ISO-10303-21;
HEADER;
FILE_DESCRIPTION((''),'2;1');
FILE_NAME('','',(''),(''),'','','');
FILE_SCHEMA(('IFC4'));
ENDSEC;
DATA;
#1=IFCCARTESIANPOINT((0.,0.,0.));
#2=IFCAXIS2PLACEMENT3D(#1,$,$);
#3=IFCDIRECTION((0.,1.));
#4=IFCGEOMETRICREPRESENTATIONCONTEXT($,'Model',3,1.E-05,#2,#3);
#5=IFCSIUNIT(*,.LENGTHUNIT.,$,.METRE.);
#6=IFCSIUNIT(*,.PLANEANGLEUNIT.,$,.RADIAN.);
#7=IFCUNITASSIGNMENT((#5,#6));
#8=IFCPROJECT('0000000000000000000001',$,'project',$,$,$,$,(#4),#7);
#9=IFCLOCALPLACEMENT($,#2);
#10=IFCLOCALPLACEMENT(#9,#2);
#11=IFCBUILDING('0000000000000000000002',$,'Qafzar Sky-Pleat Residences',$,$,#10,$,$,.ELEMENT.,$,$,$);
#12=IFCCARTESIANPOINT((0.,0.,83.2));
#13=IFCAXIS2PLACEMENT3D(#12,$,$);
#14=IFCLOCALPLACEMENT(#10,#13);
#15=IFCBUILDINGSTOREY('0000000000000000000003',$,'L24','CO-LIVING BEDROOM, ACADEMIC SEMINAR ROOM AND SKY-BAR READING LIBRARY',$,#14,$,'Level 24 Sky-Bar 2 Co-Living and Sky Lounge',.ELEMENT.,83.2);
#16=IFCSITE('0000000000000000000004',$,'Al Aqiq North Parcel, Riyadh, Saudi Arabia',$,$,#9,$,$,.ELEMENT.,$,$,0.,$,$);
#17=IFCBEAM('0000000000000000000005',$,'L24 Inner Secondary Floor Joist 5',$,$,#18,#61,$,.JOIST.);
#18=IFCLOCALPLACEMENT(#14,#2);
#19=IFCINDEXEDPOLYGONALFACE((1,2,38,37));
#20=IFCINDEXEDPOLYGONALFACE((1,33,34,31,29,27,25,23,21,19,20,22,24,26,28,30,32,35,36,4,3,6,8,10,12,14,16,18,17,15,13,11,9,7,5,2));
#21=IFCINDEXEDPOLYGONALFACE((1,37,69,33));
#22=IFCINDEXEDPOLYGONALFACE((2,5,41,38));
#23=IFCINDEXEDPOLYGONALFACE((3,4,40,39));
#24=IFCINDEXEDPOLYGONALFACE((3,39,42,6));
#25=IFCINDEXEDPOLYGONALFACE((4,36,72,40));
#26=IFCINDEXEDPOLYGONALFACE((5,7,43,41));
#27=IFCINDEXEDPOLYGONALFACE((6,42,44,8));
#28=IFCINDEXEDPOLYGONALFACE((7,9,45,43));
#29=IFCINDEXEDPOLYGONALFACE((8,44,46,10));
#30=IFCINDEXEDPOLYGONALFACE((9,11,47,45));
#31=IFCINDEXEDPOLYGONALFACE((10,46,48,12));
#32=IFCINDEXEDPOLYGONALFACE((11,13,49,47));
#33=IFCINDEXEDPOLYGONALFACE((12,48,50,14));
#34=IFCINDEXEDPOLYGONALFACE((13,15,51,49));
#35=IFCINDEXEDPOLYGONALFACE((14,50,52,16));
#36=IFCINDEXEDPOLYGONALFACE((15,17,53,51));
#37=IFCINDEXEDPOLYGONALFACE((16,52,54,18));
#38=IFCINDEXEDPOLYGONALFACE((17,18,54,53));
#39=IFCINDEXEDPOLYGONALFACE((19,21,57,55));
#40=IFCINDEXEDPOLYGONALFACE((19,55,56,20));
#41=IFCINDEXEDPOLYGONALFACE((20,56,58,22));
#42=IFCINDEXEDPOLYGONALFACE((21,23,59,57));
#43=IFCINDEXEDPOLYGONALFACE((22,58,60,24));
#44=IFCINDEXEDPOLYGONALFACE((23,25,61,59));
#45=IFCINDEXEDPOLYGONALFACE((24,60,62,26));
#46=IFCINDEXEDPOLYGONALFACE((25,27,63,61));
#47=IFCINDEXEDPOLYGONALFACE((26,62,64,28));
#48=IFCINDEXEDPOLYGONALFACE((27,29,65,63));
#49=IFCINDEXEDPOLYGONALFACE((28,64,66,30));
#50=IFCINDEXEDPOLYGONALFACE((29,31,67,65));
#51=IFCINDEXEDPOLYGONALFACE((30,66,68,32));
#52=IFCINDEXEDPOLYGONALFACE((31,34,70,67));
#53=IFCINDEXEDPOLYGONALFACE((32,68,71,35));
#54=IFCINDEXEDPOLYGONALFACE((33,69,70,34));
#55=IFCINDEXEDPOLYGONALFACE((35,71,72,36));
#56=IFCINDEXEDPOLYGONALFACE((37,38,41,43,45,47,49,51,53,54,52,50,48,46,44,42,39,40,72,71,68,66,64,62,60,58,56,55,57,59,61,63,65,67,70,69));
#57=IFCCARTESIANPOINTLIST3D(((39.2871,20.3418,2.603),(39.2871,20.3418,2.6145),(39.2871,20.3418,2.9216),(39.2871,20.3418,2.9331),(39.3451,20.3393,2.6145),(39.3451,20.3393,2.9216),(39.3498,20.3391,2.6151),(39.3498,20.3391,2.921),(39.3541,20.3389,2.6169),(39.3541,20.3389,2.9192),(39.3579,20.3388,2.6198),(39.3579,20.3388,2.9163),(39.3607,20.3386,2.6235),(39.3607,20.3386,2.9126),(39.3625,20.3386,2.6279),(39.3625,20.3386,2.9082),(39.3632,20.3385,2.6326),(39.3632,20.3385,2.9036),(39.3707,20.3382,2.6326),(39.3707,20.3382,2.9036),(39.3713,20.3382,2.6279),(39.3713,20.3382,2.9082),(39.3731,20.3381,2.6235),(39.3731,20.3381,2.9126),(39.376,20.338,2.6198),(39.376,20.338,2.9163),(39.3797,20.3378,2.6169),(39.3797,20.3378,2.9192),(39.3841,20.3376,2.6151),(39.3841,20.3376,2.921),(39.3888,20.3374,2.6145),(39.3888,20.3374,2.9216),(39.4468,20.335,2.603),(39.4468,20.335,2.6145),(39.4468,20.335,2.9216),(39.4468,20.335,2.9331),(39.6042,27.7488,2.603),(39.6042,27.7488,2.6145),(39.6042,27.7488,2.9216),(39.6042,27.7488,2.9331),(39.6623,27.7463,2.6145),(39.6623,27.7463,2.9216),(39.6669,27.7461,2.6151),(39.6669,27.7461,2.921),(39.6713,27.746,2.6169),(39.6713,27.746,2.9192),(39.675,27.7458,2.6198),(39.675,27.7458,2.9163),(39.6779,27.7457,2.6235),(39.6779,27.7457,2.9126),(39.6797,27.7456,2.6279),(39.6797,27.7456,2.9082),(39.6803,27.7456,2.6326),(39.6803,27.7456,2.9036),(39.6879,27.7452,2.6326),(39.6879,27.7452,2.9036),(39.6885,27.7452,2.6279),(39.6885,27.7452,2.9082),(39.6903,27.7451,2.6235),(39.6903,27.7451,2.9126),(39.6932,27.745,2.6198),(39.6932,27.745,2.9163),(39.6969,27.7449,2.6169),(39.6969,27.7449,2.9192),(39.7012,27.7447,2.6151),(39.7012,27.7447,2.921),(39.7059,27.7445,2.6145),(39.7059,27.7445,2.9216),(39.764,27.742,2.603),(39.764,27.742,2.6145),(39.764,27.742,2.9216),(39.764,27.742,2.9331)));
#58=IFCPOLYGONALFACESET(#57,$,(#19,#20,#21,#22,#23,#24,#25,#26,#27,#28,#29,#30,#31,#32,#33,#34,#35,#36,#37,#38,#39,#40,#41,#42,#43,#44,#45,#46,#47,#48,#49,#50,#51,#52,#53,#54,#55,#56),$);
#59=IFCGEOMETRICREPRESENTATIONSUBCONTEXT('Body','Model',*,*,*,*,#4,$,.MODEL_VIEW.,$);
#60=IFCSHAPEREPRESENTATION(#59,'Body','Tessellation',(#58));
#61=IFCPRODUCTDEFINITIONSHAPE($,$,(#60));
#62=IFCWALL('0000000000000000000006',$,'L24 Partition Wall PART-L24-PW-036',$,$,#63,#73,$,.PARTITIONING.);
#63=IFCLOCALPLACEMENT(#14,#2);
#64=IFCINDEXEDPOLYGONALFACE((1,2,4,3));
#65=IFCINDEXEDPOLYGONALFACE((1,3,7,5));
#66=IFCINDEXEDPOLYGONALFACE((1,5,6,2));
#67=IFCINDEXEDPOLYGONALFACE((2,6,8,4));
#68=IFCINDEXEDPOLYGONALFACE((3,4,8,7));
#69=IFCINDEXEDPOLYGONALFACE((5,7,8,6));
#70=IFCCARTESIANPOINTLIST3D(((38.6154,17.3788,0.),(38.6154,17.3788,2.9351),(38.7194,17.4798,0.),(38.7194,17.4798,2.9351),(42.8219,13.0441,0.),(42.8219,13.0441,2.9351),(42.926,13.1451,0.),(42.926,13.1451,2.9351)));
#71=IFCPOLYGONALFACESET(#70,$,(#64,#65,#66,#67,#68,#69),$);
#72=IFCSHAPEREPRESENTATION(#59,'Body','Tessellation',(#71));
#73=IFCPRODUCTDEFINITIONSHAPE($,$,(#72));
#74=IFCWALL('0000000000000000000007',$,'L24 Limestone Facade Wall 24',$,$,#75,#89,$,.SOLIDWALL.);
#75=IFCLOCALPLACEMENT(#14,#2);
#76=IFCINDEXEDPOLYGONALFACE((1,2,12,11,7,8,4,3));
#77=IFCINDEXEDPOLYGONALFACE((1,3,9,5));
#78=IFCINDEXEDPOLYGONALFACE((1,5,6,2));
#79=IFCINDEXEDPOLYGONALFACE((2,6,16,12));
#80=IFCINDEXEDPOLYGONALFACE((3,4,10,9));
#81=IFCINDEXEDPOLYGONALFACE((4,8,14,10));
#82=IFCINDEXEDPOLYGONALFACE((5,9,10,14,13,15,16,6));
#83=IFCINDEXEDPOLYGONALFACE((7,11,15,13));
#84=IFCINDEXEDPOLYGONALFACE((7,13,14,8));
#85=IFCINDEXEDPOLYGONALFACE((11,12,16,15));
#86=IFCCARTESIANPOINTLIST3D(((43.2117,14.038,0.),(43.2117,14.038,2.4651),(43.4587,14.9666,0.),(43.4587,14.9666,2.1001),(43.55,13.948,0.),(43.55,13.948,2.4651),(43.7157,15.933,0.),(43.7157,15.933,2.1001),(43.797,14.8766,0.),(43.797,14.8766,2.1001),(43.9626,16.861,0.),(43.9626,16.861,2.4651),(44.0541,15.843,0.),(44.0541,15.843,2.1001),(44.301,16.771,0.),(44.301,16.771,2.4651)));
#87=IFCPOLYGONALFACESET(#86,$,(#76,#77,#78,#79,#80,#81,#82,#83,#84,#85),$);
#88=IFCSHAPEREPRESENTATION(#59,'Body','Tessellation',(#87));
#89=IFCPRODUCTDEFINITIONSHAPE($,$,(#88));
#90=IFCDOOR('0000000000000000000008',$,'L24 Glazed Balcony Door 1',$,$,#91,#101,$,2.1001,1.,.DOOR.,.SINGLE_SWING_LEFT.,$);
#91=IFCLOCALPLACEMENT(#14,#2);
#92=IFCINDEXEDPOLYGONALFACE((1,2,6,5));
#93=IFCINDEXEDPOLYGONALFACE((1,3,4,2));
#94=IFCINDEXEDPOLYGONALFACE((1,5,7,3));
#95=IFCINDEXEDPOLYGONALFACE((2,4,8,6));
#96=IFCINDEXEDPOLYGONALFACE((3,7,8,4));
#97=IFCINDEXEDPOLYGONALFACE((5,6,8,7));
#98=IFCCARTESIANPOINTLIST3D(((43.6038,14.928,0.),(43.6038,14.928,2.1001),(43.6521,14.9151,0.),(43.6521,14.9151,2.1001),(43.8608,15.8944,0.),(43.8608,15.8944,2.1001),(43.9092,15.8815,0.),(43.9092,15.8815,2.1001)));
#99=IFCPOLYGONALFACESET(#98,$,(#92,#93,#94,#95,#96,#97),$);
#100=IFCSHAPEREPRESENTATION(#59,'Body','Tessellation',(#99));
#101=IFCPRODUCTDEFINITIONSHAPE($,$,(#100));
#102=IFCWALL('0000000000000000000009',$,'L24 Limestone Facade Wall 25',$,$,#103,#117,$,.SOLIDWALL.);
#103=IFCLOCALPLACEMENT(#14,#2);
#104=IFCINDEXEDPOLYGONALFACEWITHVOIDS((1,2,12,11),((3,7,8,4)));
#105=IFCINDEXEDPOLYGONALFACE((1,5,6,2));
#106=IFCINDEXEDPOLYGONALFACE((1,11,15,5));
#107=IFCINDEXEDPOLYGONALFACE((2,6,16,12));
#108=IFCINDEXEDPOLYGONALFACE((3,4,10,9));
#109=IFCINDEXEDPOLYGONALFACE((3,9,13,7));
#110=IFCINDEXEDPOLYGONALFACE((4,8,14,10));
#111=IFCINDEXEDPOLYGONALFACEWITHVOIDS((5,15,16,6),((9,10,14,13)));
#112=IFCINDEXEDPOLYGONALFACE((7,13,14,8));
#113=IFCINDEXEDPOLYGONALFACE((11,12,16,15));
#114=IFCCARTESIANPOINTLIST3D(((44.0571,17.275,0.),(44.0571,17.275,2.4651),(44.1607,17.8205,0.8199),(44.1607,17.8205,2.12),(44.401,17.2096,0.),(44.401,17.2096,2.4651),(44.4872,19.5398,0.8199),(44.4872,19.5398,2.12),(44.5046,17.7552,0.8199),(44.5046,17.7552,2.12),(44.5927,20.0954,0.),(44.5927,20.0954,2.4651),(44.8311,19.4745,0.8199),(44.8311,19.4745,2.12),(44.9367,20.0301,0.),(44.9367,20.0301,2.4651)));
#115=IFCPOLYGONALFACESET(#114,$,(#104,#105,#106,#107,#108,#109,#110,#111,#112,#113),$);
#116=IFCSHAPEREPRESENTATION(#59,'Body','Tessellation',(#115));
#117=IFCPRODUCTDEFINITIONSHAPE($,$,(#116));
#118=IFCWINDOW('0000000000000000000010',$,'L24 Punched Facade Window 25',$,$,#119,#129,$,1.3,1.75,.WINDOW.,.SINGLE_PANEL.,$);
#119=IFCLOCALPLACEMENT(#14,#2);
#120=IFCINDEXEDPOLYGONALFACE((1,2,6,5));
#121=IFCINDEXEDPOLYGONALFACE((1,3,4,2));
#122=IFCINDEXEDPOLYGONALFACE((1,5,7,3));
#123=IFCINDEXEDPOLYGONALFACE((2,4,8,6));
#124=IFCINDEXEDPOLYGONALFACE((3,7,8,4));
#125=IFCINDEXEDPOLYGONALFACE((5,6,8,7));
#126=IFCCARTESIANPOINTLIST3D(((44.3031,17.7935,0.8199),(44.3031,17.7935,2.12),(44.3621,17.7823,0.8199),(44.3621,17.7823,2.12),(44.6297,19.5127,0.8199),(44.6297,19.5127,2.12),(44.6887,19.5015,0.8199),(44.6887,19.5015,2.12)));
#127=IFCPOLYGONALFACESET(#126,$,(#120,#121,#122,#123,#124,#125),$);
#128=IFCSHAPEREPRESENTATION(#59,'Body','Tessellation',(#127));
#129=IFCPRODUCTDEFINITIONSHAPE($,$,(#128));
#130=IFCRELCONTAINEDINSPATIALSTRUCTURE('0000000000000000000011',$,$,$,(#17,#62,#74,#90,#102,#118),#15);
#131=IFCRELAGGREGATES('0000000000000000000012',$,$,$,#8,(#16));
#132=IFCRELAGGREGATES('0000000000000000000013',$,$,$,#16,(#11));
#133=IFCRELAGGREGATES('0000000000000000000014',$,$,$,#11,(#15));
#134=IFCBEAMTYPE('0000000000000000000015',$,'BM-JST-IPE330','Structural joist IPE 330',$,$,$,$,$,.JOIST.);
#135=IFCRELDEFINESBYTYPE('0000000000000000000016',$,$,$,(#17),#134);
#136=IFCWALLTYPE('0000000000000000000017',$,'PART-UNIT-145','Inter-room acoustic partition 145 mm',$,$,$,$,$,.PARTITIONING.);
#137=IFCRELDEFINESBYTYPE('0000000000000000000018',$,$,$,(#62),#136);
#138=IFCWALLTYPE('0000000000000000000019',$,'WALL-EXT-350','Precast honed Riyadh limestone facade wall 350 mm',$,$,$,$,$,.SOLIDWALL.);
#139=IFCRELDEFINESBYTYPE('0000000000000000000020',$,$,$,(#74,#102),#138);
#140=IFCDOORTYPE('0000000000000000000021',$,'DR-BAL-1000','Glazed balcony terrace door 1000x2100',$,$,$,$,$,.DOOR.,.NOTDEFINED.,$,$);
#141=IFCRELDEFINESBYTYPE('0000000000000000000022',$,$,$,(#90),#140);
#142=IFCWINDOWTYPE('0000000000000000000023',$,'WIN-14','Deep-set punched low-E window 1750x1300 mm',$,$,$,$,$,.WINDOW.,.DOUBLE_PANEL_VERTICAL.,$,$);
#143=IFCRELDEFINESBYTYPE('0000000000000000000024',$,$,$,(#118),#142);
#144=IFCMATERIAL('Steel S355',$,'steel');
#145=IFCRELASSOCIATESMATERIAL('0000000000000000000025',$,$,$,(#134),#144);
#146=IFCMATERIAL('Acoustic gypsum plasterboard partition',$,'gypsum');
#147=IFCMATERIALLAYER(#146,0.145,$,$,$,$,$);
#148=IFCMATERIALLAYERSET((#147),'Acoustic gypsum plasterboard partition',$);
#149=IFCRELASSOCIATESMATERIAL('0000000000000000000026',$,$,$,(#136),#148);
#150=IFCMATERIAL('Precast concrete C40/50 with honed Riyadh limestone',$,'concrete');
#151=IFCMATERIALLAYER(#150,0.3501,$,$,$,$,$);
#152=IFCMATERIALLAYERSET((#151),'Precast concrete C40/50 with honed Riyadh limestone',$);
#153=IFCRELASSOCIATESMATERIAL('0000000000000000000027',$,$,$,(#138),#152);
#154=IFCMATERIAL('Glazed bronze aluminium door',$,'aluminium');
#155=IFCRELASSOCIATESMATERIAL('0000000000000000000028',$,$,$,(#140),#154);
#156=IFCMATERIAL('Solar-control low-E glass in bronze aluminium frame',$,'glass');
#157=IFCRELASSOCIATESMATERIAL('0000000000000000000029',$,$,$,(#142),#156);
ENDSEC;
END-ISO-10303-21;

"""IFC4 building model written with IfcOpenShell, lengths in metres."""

from ifc_helpers import new_model, si_unit, direction, frame, frame_2d, origin, origin_2d, place, context, subcontext, project, spatial, rectangle, i_section, extrude, source, transform, mapped, material, layer, layer_set, material_profile, profile_set, type_object, element, fill, save


model = new_model("IFC4")

# Units and contexts
model_context = context("Model", 3, precision=1e-05, world=origin(), true_north=direction((0.0, 1.0)))
body_context = subcontext(model_context, "Body", "Model", "MODEL_VIEW")
ifc_project = project(units=[si_unit("LENGTHUNIT", "METRE"), si_unit("PLANEANGLEUNIT", "RADIAN")], contexts=[model_context])

# Site, building, storey
site_placement = place(None, origin())
site = spatial("IfcSite", under=ifc_project, at=site_placement, Name="Al Aqiq North Parcel, Riyadh, Saudi Arabia", CompositionType="ELEMENT", RefElevation=0.0)
building_placement = place(site_placement, origin())
building = spatial("IfcBuilding", under=site, at=building_placement, Name="Qafzar Sky-Pleat Residences", CompositionType="ELEMENT")
storey_placement = place(building_placement, frame((0.0, 0.0, 83.2)))
storey = spatial("IfcBuildingStorey", under=building, at=storey_placement, Name="L24", Description="CO-LIVING BEDROOM, ACADEMIC SEMINAR ROOM AND SKY-BAR READING LIBRARY", LongName="Level 24 Sky-Bar 2 Co-Living and Sky Lounge", CompositionType="ELEMENT", Elevation=83.2)

# Beam
ifc_material_1 = material(Name="Steel S355", Category="steel")
ifc_material_profile_1 = material_profile(ifc_material_1, i_section(OverallWidth=0.1599, OverallDepth=0.3301, WebThickness=0.0076, FlangeThickness=0.0115, FilletRadius=0.0181, at=origin_2d()), Name="IPE 330")
ifc_profile_set_1 = profile_set([ifc_material_profile_1], Name="Steel S355")
beam_type_1 = type_object("IfcBeamType", Name="BM-JST-IPE330", Description="Structural joist IPE 330", PredefinedType="JOIST", material=ifc_profile_set_1)
shared_shape_1 = source(origin(), body_context, "Body", "SweptSolid", [
    extrude(i_section(OverallWidth=0.1599, OverallDepth=0.3301, WebThickness=0.0076, FlangeThickness=0.0115, FilletRadius=0.0181, at=origin_2d()), origin(), (0.0, 0.0, 1.0), 7.4138),
])
beam_1_placement = place(storey_placement, frame((39.3669, 20.3384, 2.7681), z_axis=(0.042777, 0.999085, 0.0), x_axis=(-0.999085, 0.042777, 0.0)))
element("IfcBeam", 1, at=beam_1_placement, inside=storey, type_object=beam_type_1, Name="L24 Inner Secondary Floor Joist 5", PredefinedType="JOIST", context=body_context, shape_type="MappedRepresentation", body=[
    mapped(shared_shape_1, transform((0.0, 0.0, 0.0), x_axis=(1.0, 0.0, 0.0), y_axis=(0.0, 1.0, 0.0), z_axis=(0.0, 0.0, 1.0), scale=1.0)),
])

# Wall
ifc_material_2 = material(Name="Acoustic gypsum plasterboard partition", Category="gypsum")
ifc_layer_1 = layer(ifc_material_2, 0.145)
ifc_layer_set_1 = layer_set([ifc_layer_1], Name="Acoustic gypsum plasterboard partition")
wall_type_1 = type_object("IfcWallType", Name="PART-UNIT-145", Description="Inter-room acoustic partition 145 mm", PredefinedType="PARTITIONING", material=ifc_layer_set_1)
wall_1_placement = place(storey_placement, frame((38.6675, 17.4292, 0.0), z_axis=(0.0, 0.0, 1.0), x_axis=(0.696417, -0.717637, 0.0)))
element("IfcWall", 2, at=wall_1_placement, inside=storey, type_object=wall_type_1, Name="L24 Partition Wall PART-L24-PW-036", PredefinedType="PARTITIONING", context=body_context, shape_type="SweptSolid", body=[
    extrude(rectangle(XDim=6.0403, YDim=0.145, at=frame_2d((3.02, 0.0))), origin(), (0.0, 0.0, 1.0), 2.9351),
])

# Wall, opening, door
ifc_material_3 = material(Name="Precast concrete C40/50 with honed Riyadh limestone", Category="concrete")
ifc_layer_2 = layer(ifc_material_3, 0.3501)
ifc_layer_set_2 = layer_set([ifc_layer_2], Name="Precast concrete C40/50 with honed Riyadh limestone")
wall_type_2 = type_object("IfcWallType", Name="WALL-EXT-350", Description="Precast honed Riyadh limestone facade wall 350 mm", PredefinedType="SOLIDWALL", material=ifc_layer_set_2)
wall_2_placement = place(storey_placement, frame((43.3809, 13.9932, 0.0), z_axis=(0.0, 0.0, 1.0), x_axis=(0.25708, 0.96639, 0.0)))
wall_2 = element("IfcWall", 3, at=wall_2_placement, inside=storey, type_object=wall_type_2, Name="L24 Limestone Facade Wall 24", PredefinedType="SOLIDWALL", context=body_context, shape_type="SweptSolid", body=[
    extrude(rectangle(XDim=2.9211, YDim=0.3501, at=frame_2d((1.4604, 0.0))), origin(), (0.0, 0.0, 1.0), 2.4651),
])
opening_1_placement = place(wall_2_placement, frame((0.9607, 0.0, 0.0)))
opening_1 = element("IfcOpeningElement", 4, at=opening_1_placement, cuts=wall_2, PredefinedType="OPENING", context=body_context, shape_type="SweptSolid", body=[
    extrude(rectangle(XDim=1.0, YDim=2.1001, at=frame_2d((0.5, 1.05))), frame((0.0, 0.1851, 0.0), z_axis=(0.0, -1.0, 0.0), x_axis=(1.0, 0.0, 0.0)), (0.0, 0.0, 1.0), 0.3701),
])
ifc_material_4 = material(Name="Glazed bronze aluminium door", Category="aluminium")
door_type = type_object("IfcDoorType", Name="DR-BAL-1000", Description="Glazed balcony terrace door 1000x2100", OperationType="NOTDEFINED", PredefinedType="DOOR", material=ifc_material_4)
shared_shape_2 = source(origin(), body_context, "Body", "SweptSolid", [
    extrude(rectangle(XDim=1.0, YDim=2.1001, at=frame_2d((0.5, 1.05))), frame((0.0, 0.0249, 0.0), z_axis=(0.0, -1.0, 0.0), x_axis=(1.0, 0.0, 0.0)), (0.0, 0.0, 1.0), 0.05),
])
door_placement = place(opening_1_placement, origin())
door = element("IfcDoor", 5, at=door_placement, inside=storey, type_object=door_type, Name="L24 Glazed Balcony Door 1", OperationType="SINGLE_SWING_LEFT", OverallHeight=2.1001, OverallWidth=1.0, PredefinedType="DOOR", context=body_context, shape_type="MappedRepresentation", body=[
    mapped(shared_shape_2, transform((0.0, 0.0, 0.0), x_axis=(1.0, 0.0, 0.0), y_axis=(0.0, 1.0, 0.0), z_axis=(0.0, 0.0, 1.0), scale=1.0)),
])
fill(opening_1, door)

# Wall, opening, window
wall_3_placement = place(storey_placement, frame((44.229, 17.2422, 0.0), z_axis=(0.0, 0.0, 1.0), x_axis=(0.186588, 0.982438, 0.0)))
wall_3 = element("IfcWall", 6, at=wall_3_placement, inside=storey, type_object=wall_type_2, Name="L24 Limestone Facade Wall 25", PredefinedType="SOLIDWALL", context=body_context, shape_type="SweptSolid", body=[
    extrude(rectangle(XDim=2.8708, YDim=0.3501, at=frame_2d((1.4355, 0.0))), origin(), (0.0, 0.0, 1.0), 2.4651),
])
opening_2_placement = place(wall_3_placement, frame((0.5554, 0.0, 0.8201)))
opening_2 = element("IfcOpeningElement", 7, at=opening_2_placement, cuts=wall_3, PredefinedType="OPENING", context=body_context, shape_type="SweptSolid", body=[
    extrude(rectangle(XDim=1.75, YDim=1.3, at=frame_2d((0.875, 0.6499))), frame((0.0, 0.1851, 0.0), z_axis=(0.0, -1.0, 0.0), x_axis=(1.0, 0.0, 0.0)), (0.0, 0.0, 1.0), 0.3701),
])
ifc_material_5 = material(Name="Solar-control low-E glass in bronze aluminium frame", Category="glass")
window_type_1 = type_object("IfcWindowType", Name="WIN-14", Description="Deep-set punched low-E window 1750x1300 mm", PartitioningType="DOUBLE_PANEL_VERTICAL", PredefinedType="WINDOW", material=ifc_material_5)
shared_shape_3 = source(origin(), body_context, "Body", "SweptSolid", [
    extrude(rectangle(XDim=1.75, YDim=1.3, at=frame_2d((0.875, 0.6499))), frame((0.0, 0.03, 0.0), z_axis=(0.0, -1.0, 0.0), x_axis=(1.0, 0.0, 0.0)), (0.0, 0.0, 1.0), 0.0601),
])
window_1_placement = place(opening_2_placement, origin())
window_1 = element("IfcWindow", 8, at=window_1_placement, inside=storey, type_object=window_type_1, Name="L24 Punched Facade Window 25", OverallHeight=1.3, OverallWidth=1.75, PartitioningType="SINGLE_PANEL", PredefinedType="WINDOW", context=body_context, shape_type="MappedRepresentation", body=[
    mapped(shared_shape_3, transform((0.0, 0.0, 0.0), x_axis=(1.0, 0.0, 0.0), y_axis=(0.0, 1.0, 0.0), z_axis=(0.0, 0.0, 1.0), scale=1.0)),
])
fill(opening_2, window_1)

save(model, "model.ifc")
